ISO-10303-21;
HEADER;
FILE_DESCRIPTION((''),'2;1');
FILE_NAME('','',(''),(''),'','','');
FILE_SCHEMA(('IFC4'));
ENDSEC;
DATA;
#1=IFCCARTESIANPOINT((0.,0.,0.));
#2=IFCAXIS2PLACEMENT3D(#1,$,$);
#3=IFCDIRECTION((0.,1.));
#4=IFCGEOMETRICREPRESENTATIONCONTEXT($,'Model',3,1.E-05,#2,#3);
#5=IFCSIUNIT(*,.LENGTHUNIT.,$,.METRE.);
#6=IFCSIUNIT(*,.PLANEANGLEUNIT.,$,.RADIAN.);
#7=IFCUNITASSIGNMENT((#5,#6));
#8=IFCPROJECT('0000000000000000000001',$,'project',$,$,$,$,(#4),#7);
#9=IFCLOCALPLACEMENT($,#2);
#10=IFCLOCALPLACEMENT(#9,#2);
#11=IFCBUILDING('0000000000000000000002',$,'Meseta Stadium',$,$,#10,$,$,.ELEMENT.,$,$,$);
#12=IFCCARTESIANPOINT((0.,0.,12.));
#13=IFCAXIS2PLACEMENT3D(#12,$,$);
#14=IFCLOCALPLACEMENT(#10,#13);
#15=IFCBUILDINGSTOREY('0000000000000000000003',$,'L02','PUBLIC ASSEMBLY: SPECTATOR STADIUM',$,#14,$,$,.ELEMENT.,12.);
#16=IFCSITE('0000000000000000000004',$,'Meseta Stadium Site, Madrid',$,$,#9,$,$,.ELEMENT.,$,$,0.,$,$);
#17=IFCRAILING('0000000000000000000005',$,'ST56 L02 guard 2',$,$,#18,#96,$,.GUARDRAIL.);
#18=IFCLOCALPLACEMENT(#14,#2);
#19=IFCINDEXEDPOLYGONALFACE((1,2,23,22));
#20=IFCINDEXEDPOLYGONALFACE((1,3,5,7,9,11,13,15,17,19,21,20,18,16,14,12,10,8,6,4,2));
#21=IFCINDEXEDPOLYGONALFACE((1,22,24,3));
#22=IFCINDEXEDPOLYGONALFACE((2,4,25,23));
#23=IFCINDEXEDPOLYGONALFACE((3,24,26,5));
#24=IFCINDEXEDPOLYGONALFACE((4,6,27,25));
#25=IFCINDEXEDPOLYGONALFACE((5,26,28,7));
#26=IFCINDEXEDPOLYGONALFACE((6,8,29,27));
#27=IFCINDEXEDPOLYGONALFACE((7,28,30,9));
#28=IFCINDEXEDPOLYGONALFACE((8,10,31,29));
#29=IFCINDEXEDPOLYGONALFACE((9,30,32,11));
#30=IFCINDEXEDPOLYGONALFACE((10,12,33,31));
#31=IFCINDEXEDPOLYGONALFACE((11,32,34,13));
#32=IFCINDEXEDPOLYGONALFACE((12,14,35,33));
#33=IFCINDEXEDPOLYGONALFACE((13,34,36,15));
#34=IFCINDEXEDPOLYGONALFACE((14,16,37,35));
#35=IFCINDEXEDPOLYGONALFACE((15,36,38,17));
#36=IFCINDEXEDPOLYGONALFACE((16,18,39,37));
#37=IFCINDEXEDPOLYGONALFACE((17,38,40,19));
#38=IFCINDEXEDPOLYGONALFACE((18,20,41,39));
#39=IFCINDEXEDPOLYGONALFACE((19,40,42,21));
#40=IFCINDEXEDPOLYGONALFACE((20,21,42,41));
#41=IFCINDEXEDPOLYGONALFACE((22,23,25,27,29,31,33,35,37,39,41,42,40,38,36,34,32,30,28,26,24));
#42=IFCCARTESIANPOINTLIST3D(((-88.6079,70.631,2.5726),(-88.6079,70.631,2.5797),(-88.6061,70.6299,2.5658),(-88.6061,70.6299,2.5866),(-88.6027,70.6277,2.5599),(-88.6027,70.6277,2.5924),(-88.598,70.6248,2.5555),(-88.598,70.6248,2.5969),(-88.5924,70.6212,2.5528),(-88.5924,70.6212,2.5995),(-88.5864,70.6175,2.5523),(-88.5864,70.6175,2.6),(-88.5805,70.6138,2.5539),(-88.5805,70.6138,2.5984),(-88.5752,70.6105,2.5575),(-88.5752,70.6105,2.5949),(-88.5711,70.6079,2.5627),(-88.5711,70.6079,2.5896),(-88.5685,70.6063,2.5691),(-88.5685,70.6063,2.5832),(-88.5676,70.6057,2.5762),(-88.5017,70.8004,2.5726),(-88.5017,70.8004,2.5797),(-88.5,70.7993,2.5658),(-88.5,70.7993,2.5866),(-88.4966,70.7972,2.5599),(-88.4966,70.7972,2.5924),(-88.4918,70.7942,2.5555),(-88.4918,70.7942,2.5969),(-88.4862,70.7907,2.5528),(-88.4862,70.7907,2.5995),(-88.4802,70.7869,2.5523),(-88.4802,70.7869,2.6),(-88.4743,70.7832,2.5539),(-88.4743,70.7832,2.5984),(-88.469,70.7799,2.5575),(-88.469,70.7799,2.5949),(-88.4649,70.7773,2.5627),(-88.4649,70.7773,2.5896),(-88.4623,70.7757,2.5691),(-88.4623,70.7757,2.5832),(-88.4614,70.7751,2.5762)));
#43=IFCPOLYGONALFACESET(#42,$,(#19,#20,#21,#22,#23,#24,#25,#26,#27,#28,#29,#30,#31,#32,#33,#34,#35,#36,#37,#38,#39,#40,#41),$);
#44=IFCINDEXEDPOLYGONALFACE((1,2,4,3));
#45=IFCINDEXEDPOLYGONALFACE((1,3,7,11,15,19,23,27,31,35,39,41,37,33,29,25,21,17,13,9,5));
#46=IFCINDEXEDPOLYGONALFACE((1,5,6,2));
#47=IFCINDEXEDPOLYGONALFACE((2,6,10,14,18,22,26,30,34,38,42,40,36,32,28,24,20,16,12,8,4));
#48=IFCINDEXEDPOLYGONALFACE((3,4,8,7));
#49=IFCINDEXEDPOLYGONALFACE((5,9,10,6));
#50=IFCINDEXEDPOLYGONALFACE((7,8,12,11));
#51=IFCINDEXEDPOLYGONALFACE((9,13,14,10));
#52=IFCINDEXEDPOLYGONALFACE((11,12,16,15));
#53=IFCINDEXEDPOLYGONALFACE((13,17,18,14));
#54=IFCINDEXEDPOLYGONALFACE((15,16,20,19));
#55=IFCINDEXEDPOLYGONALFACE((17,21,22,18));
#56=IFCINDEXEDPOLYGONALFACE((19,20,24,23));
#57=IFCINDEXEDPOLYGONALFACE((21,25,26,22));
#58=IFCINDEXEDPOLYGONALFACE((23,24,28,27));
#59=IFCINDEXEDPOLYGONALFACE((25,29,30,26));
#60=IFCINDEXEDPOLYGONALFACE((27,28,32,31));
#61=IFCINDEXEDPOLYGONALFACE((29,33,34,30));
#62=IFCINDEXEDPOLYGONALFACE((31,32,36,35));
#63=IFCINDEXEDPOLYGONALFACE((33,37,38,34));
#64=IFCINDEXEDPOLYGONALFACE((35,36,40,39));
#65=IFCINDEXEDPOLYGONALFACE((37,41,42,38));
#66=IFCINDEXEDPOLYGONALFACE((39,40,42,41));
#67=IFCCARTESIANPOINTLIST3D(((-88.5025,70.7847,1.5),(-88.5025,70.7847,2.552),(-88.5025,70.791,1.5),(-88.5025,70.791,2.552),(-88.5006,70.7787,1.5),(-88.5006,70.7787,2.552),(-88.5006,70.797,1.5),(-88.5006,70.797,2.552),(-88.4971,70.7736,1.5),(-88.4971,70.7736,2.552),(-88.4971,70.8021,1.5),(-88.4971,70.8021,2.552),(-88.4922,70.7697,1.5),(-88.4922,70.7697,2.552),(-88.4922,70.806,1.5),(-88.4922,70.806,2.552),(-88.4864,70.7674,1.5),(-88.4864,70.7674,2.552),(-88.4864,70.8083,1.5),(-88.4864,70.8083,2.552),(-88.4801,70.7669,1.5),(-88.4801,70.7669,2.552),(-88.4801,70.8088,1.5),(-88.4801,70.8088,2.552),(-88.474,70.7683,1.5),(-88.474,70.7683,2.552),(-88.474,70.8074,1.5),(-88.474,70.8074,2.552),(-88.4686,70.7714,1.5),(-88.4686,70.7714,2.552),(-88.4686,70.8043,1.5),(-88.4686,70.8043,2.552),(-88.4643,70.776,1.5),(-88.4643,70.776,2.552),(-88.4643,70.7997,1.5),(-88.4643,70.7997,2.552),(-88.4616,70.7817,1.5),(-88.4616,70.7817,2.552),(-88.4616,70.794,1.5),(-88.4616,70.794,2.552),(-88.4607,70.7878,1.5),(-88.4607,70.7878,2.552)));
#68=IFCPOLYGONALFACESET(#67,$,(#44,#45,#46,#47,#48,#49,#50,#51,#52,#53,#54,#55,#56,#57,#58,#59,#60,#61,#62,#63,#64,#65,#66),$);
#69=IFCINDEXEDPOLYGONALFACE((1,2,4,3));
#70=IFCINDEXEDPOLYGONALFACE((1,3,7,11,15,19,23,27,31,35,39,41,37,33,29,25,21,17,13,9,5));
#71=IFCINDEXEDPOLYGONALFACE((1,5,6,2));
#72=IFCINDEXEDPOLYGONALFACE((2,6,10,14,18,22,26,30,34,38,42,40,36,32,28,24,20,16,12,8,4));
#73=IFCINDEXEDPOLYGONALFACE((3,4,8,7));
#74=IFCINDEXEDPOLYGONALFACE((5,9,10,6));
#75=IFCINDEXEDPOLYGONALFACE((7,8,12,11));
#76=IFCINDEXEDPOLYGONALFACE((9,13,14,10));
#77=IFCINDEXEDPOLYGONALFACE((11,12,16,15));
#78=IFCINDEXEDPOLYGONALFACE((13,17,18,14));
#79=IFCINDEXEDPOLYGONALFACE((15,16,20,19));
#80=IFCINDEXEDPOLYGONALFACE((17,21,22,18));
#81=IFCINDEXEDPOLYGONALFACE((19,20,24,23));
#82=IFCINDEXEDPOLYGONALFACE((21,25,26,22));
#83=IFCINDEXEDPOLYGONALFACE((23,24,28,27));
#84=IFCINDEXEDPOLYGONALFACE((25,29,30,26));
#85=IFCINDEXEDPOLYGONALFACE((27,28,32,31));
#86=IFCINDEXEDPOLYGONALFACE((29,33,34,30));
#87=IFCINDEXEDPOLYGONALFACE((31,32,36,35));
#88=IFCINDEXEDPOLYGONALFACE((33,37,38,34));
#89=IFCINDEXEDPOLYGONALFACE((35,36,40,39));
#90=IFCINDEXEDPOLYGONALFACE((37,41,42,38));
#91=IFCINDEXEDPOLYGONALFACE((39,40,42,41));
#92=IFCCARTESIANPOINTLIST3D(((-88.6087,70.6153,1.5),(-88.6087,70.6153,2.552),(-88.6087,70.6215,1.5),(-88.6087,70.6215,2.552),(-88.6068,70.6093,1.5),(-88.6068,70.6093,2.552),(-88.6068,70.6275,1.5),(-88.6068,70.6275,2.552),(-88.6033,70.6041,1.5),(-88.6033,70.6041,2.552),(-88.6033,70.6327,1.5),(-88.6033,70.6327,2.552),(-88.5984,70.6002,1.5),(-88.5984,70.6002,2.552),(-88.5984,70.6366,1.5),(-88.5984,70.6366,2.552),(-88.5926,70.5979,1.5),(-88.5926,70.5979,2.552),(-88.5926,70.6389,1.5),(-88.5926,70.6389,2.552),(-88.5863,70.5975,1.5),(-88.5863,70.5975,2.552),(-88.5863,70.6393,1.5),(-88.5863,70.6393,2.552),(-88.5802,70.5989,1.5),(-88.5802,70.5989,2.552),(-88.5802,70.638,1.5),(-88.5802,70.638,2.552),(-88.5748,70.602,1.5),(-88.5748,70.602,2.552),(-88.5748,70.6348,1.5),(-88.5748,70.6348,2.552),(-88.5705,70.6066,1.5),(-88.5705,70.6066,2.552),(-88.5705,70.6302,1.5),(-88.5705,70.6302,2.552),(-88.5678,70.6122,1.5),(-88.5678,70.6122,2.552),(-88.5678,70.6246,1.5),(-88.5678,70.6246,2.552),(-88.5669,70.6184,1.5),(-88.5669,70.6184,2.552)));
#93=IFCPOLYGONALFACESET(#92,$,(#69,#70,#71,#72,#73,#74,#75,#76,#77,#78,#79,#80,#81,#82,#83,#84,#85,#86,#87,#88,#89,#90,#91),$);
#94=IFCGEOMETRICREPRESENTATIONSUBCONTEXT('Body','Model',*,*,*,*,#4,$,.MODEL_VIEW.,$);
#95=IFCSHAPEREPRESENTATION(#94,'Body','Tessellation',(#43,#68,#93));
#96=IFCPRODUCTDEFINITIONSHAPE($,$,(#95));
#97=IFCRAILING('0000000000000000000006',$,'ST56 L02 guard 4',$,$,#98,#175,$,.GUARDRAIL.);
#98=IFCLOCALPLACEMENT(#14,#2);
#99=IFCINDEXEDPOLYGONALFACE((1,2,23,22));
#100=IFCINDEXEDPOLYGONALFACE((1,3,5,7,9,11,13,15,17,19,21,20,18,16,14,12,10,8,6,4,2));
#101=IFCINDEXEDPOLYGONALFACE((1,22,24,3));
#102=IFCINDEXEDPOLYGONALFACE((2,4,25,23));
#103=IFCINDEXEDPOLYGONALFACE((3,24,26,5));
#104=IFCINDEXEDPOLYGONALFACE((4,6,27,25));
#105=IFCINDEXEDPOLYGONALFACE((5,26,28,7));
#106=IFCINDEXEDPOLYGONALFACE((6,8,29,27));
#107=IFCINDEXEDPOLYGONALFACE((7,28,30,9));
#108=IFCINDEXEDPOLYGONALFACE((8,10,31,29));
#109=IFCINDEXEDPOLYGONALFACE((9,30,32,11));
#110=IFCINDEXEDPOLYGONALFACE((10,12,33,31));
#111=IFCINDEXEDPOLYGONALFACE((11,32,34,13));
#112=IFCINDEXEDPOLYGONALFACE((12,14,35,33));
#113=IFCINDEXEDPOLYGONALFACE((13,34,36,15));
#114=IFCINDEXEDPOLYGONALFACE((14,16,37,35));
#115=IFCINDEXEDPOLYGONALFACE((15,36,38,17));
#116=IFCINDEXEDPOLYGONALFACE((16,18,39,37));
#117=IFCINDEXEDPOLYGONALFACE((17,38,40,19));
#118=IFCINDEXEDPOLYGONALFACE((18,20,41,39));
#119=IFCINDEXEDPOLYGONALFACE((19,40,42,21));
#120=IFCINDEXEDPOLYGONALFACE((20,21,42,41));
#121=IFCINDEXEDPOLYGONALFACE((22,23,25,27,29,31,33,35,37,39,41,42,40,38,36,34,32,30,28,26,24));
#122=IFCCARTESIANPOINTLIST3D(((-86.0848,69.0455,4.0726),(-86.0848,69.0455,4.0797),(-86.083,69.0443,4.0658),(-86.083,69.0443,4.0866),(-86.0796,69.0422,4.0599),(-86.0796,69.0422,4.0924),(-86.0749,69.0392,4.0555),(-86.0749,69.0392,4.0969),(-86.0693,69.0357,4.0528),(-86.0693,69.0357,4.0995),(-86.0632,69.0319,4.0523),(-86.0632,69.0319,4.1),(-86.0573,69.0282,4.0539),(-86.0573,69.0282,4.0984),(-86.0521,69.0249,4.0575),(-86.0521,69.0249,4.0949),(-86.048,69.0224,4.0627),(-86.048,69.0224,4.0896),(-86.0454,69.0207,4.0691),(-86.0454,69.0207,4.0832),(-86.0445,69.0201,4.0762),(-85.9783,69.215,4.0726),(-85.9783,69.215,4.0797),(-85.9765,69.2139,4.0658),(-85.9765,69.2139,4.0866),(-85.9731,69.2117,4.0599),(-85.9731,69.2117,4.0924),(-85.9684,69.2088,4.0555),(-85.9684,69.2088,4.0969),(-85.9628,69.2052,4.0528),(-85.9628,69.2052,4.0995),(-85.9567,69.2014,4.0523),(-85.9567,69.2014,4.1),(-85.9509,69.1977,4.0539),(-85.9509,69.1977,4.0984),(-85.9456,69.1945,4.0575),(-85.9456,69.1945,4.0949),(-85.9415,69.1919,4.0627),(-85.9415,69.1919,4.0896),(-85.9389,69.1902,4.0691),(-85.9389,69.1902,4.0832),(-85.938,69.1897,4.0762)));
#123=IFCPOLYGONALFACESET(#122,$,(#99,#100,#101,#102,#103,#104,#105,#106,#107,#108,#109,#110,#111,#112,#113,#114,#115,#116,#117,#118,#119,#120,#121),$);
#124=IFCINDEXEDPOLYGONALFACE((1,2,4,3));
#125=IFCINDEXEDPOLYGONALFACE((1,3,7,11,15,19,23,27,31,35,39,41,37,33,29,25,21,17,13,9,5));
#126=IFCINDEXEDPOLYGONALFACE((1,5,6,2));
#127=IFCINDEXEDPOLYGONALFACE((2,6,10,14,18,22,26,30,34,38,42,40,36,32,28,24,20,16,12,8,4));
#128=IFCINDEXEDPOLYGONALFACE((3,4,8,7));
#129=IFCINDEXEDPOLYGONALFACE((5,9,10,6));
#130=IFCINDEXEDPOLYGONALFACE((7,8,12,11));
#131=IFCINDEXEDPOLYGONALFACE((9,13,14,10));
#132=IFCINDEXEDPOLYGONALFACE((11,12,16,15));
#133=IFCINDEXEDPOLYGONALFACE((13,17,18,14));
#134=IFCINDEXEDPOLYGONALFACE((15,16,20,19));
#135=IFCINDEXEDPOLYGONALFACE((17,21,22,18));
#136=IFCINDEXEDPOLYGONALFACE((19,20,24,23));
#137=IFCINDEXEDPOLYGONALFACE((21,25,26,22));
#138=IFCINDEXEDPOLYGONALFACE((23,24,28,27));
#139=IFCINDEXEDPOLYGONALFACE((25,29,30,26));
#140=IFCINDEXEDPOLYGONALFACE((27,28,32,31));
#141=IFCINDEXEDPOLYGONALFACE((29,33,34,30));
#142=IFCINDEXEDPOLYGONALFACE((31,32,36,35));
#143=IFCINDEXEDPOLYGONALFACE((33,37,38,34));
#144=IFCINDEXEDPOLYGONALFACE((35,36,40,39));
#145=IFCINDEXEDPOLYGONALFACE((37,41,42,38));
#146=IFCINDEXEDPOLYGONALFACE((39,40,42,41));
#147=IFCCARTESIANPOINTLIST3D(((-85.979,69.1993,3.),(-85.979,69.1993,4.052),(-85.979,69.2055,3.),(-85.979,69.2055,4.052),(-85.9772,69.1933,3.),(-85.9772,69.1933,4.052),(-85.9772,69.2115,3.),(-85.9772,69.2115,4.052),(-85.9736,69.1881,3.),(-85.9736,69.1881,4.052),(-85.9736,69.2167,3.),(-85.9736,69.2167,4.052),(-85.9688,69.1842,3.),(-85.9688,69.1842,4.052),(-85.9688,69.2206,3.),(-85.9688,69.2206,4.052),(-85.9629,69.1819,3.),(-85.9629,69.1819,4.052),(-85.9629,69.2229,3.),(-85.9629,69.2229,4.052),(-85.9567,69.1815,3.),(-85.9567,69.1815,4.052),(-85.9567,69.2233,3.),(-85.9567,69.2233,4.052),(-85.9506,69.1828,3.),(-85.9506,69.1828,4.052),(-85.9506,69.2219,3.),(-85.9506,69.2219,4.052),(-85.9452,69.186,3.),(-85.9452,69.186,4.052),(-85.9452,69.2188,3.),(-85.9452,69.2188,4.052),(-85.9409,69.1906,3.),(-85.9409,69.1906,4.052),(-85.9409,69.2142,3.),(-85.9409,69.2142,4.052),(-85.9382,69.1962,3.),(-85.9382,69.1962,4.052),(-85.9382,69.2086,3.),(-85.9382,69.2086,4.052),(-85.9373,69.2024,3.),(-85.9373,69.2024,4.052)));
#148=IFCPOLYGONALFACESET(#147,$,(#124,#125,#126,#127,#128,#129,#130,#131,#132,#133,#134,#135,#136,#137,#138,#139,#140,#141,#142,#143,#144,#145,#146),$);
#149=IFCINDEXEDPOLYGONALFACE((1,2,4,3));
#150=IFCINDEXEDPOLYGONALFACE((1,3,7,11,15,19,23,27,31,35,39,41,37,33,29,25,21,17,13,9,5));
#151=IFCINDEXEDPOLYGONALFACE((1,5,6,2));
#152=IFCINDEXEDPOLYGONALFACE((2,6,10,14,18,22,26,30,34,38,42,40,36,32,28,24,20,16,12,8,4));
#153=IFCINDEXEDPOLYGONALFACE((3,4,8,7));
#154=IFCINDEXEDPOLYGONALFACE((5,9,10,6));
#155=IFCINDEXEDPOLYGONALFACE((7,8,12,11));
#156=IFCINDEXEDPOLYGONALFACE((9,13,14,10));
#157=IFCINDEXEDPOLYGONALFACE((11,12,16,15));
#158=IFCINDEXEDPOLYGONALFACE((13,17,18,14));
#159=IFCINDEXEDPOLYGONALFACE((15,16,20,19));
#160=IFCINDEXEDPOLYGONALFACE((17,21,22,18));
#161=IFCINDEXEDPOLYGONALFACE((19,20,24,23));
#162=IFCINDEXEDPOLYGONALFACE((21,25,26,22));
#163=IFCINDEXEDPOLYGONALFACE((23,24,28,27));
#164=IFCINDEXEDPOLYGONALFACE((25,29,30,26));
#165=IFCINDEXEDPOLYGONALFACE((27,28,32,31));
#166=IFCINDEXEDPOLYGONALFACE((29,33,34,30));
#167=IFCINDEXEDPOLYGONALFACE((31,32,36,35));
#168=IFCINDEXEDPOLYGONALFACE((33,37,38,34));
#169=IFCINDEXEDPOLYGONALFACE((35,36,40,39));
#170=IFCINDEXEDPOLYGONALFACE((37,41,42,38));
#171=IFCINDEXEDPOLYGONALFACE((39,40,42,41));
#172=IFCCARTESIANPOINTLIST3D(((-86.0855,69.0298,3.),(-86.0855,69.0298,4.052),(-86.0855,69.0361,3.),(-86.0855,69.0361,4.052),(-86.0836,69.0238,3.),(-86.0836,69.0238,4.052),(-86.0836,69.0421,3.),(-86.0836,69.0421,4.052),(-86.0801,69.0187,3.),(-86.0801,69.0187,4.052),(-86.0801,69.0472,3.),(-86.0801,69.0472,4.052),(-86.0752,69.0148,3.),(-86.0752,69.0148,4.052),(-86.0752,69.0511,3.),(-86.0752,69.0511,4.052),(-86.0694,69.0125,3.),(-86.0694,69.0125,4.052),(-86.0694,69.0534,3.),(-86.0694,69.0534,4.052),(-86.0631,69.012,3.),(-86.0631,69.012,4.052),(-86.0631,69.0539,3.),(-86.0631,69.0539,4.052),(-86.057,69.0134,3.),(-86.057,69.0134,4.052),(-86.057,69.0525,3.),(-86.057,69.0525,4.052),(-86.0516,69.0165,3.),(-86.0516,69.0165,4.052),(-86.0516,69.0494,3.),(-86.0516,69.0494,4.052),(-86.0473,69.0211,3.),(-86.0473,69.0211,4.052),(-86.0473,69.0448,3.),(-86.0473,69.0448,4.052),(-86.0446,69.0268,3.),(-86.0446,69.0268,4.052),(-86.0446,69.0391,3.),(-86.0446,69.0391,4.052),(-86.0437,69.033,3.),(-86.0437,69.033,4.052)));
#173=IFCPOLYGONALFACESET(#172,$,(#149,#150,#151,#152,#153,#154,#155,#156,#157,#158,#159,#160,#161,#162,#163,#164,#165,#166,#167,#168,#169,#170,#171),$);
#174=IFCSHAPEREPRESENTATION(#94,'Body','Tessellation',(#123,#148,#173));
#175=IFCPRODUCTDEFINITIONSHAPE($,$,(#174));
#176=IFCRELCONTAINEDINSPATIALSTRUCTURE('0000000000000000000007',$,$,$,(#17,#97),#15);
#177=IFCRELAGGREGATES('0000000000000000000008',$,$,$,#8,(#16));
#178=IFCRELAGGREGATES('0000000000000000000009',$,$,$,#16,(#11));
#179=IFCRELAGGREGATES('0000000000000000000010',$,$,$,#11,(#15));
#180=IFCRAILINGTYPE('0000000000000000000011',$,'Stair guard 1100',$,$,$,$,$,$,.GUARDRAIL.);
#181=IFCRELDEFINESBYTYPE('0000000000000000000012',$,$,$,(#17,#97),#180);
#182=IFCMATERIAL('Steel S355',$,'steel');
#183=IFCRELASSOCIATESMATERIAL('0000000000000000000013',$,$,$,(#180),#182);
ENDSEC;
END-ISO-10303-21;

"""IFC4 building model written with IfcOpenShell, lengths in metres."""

from ifc_helpers import new_model, si_unit, direction, frame, origin, origin_2d, place, context, subcontext, project, spatial, circle, extrude, material, type_object, element, save


model = new_model("IFC4")

# Units and contexts
model_context = context("Model", 3, precision=1e-05, world=origin(), true_north=direction((0.0, 1.0)))
body_context = subcontext(model_context, "Body", "Model", "MODEL_VIEW")
ifc_project = project(units=[si_unit("LENGTHUNIT", "METRE"), si_unit("PLANEANGLEUNIT", "RADIAN")], contexts=[model_context])

# Site, building, storey
site_placement = place(None, origin())
site = spatial("IfcSite", under=ifc_project, at=site_placement, Name="Meseta Stadium Site, Madrid", CompositionType="ELEMENT", RefElevation=0.0)
building_placement = place(site_placement, origin())
building = spatial("IfcBuilding", under=site, at=building_placement, Name="Meseta Stadium", CompositionType="ELEMENT")
storey_placement = place(building_placement, frame((0.0, 0.0, 12.0)))
storey = spatial("IfcBuildingStorey", under=building, at=storey_placement, Name="L02", Description="PUBLIC ASSEMBLY: SPECTATOR STADIUM", CompositionType="ELEMENT", Elevation=12.0)

# Railings
ifc_material_1 = material(Name="Steel S355", Category="steel")
railing_type_1 = type_object("IfcRailingType", Name="Stair guard 1100", PredefinedType="GUARDRAIL", material=ifc_material_1)
railing_1_placement = place(storey_placement, frame((-88.4817, 70.7878, 1.5)))
element("IfcRailing", 1, at=railing_1_placement, inside=storey, type_object=railing_type_1, Name="ST56 L02 guard 2", PredefinedType="GUARDRAIL", context=body_context, shape_type="SweptSolid", body=[
    extrude(circle(Radius=0.0239, at=origin_2d()), frame((0.0, 0.0, 1.0762), z_axis=(-0.531096, -0.847312, 0.0), x_axis=(0.847312, -0.531096, 0.0)), (0.0, 0.0, 1.0), 0.2),
    extrude(circle(Radius=0.021, at=origin_2d()), origin(), (0.0, 0.0, 1.0), 1.052),
    extrude(circle(Radius=0.021, at=origin_2d()), frame((-0.1062, -0.1694, 0.0)), (0.0, 0.0, 1.0), 1.052),
])
railing_2_placement = place(storey_placement, frame((-85.9583, 69.2024, 3.0)))
element("IfcRailing", 2, at=railing_2_placement, inside=storey, type_object=railing_type_1, Name="ST56 L02 guard 4", PredefinedType="GUARDRAIL", context=body_context, shape_type="SweptSolid", body=[
    extrude(circle(Radius=0.0239, at=origin_2d()), frame((0.0, 0.0, 1.0762), z_axis=(-0.531972, -0.846762, 0.0), x_axis=(0.846762, -0.531972, 0.0)), (0.0, 0.0, 1.0), 0.2002),
    extrude(circle(Radius=0.021, at=origin_2d()), origin(), (0.0, 0.0, 1.0), 1.052),
    extrude(circle(Radius=0.021, at=origin_2d()), frame((-0.1064, -0.1694, 0.0)), (0.0, 0.0, 1.0), 1.052),
])

save(model, "model.ifc")
